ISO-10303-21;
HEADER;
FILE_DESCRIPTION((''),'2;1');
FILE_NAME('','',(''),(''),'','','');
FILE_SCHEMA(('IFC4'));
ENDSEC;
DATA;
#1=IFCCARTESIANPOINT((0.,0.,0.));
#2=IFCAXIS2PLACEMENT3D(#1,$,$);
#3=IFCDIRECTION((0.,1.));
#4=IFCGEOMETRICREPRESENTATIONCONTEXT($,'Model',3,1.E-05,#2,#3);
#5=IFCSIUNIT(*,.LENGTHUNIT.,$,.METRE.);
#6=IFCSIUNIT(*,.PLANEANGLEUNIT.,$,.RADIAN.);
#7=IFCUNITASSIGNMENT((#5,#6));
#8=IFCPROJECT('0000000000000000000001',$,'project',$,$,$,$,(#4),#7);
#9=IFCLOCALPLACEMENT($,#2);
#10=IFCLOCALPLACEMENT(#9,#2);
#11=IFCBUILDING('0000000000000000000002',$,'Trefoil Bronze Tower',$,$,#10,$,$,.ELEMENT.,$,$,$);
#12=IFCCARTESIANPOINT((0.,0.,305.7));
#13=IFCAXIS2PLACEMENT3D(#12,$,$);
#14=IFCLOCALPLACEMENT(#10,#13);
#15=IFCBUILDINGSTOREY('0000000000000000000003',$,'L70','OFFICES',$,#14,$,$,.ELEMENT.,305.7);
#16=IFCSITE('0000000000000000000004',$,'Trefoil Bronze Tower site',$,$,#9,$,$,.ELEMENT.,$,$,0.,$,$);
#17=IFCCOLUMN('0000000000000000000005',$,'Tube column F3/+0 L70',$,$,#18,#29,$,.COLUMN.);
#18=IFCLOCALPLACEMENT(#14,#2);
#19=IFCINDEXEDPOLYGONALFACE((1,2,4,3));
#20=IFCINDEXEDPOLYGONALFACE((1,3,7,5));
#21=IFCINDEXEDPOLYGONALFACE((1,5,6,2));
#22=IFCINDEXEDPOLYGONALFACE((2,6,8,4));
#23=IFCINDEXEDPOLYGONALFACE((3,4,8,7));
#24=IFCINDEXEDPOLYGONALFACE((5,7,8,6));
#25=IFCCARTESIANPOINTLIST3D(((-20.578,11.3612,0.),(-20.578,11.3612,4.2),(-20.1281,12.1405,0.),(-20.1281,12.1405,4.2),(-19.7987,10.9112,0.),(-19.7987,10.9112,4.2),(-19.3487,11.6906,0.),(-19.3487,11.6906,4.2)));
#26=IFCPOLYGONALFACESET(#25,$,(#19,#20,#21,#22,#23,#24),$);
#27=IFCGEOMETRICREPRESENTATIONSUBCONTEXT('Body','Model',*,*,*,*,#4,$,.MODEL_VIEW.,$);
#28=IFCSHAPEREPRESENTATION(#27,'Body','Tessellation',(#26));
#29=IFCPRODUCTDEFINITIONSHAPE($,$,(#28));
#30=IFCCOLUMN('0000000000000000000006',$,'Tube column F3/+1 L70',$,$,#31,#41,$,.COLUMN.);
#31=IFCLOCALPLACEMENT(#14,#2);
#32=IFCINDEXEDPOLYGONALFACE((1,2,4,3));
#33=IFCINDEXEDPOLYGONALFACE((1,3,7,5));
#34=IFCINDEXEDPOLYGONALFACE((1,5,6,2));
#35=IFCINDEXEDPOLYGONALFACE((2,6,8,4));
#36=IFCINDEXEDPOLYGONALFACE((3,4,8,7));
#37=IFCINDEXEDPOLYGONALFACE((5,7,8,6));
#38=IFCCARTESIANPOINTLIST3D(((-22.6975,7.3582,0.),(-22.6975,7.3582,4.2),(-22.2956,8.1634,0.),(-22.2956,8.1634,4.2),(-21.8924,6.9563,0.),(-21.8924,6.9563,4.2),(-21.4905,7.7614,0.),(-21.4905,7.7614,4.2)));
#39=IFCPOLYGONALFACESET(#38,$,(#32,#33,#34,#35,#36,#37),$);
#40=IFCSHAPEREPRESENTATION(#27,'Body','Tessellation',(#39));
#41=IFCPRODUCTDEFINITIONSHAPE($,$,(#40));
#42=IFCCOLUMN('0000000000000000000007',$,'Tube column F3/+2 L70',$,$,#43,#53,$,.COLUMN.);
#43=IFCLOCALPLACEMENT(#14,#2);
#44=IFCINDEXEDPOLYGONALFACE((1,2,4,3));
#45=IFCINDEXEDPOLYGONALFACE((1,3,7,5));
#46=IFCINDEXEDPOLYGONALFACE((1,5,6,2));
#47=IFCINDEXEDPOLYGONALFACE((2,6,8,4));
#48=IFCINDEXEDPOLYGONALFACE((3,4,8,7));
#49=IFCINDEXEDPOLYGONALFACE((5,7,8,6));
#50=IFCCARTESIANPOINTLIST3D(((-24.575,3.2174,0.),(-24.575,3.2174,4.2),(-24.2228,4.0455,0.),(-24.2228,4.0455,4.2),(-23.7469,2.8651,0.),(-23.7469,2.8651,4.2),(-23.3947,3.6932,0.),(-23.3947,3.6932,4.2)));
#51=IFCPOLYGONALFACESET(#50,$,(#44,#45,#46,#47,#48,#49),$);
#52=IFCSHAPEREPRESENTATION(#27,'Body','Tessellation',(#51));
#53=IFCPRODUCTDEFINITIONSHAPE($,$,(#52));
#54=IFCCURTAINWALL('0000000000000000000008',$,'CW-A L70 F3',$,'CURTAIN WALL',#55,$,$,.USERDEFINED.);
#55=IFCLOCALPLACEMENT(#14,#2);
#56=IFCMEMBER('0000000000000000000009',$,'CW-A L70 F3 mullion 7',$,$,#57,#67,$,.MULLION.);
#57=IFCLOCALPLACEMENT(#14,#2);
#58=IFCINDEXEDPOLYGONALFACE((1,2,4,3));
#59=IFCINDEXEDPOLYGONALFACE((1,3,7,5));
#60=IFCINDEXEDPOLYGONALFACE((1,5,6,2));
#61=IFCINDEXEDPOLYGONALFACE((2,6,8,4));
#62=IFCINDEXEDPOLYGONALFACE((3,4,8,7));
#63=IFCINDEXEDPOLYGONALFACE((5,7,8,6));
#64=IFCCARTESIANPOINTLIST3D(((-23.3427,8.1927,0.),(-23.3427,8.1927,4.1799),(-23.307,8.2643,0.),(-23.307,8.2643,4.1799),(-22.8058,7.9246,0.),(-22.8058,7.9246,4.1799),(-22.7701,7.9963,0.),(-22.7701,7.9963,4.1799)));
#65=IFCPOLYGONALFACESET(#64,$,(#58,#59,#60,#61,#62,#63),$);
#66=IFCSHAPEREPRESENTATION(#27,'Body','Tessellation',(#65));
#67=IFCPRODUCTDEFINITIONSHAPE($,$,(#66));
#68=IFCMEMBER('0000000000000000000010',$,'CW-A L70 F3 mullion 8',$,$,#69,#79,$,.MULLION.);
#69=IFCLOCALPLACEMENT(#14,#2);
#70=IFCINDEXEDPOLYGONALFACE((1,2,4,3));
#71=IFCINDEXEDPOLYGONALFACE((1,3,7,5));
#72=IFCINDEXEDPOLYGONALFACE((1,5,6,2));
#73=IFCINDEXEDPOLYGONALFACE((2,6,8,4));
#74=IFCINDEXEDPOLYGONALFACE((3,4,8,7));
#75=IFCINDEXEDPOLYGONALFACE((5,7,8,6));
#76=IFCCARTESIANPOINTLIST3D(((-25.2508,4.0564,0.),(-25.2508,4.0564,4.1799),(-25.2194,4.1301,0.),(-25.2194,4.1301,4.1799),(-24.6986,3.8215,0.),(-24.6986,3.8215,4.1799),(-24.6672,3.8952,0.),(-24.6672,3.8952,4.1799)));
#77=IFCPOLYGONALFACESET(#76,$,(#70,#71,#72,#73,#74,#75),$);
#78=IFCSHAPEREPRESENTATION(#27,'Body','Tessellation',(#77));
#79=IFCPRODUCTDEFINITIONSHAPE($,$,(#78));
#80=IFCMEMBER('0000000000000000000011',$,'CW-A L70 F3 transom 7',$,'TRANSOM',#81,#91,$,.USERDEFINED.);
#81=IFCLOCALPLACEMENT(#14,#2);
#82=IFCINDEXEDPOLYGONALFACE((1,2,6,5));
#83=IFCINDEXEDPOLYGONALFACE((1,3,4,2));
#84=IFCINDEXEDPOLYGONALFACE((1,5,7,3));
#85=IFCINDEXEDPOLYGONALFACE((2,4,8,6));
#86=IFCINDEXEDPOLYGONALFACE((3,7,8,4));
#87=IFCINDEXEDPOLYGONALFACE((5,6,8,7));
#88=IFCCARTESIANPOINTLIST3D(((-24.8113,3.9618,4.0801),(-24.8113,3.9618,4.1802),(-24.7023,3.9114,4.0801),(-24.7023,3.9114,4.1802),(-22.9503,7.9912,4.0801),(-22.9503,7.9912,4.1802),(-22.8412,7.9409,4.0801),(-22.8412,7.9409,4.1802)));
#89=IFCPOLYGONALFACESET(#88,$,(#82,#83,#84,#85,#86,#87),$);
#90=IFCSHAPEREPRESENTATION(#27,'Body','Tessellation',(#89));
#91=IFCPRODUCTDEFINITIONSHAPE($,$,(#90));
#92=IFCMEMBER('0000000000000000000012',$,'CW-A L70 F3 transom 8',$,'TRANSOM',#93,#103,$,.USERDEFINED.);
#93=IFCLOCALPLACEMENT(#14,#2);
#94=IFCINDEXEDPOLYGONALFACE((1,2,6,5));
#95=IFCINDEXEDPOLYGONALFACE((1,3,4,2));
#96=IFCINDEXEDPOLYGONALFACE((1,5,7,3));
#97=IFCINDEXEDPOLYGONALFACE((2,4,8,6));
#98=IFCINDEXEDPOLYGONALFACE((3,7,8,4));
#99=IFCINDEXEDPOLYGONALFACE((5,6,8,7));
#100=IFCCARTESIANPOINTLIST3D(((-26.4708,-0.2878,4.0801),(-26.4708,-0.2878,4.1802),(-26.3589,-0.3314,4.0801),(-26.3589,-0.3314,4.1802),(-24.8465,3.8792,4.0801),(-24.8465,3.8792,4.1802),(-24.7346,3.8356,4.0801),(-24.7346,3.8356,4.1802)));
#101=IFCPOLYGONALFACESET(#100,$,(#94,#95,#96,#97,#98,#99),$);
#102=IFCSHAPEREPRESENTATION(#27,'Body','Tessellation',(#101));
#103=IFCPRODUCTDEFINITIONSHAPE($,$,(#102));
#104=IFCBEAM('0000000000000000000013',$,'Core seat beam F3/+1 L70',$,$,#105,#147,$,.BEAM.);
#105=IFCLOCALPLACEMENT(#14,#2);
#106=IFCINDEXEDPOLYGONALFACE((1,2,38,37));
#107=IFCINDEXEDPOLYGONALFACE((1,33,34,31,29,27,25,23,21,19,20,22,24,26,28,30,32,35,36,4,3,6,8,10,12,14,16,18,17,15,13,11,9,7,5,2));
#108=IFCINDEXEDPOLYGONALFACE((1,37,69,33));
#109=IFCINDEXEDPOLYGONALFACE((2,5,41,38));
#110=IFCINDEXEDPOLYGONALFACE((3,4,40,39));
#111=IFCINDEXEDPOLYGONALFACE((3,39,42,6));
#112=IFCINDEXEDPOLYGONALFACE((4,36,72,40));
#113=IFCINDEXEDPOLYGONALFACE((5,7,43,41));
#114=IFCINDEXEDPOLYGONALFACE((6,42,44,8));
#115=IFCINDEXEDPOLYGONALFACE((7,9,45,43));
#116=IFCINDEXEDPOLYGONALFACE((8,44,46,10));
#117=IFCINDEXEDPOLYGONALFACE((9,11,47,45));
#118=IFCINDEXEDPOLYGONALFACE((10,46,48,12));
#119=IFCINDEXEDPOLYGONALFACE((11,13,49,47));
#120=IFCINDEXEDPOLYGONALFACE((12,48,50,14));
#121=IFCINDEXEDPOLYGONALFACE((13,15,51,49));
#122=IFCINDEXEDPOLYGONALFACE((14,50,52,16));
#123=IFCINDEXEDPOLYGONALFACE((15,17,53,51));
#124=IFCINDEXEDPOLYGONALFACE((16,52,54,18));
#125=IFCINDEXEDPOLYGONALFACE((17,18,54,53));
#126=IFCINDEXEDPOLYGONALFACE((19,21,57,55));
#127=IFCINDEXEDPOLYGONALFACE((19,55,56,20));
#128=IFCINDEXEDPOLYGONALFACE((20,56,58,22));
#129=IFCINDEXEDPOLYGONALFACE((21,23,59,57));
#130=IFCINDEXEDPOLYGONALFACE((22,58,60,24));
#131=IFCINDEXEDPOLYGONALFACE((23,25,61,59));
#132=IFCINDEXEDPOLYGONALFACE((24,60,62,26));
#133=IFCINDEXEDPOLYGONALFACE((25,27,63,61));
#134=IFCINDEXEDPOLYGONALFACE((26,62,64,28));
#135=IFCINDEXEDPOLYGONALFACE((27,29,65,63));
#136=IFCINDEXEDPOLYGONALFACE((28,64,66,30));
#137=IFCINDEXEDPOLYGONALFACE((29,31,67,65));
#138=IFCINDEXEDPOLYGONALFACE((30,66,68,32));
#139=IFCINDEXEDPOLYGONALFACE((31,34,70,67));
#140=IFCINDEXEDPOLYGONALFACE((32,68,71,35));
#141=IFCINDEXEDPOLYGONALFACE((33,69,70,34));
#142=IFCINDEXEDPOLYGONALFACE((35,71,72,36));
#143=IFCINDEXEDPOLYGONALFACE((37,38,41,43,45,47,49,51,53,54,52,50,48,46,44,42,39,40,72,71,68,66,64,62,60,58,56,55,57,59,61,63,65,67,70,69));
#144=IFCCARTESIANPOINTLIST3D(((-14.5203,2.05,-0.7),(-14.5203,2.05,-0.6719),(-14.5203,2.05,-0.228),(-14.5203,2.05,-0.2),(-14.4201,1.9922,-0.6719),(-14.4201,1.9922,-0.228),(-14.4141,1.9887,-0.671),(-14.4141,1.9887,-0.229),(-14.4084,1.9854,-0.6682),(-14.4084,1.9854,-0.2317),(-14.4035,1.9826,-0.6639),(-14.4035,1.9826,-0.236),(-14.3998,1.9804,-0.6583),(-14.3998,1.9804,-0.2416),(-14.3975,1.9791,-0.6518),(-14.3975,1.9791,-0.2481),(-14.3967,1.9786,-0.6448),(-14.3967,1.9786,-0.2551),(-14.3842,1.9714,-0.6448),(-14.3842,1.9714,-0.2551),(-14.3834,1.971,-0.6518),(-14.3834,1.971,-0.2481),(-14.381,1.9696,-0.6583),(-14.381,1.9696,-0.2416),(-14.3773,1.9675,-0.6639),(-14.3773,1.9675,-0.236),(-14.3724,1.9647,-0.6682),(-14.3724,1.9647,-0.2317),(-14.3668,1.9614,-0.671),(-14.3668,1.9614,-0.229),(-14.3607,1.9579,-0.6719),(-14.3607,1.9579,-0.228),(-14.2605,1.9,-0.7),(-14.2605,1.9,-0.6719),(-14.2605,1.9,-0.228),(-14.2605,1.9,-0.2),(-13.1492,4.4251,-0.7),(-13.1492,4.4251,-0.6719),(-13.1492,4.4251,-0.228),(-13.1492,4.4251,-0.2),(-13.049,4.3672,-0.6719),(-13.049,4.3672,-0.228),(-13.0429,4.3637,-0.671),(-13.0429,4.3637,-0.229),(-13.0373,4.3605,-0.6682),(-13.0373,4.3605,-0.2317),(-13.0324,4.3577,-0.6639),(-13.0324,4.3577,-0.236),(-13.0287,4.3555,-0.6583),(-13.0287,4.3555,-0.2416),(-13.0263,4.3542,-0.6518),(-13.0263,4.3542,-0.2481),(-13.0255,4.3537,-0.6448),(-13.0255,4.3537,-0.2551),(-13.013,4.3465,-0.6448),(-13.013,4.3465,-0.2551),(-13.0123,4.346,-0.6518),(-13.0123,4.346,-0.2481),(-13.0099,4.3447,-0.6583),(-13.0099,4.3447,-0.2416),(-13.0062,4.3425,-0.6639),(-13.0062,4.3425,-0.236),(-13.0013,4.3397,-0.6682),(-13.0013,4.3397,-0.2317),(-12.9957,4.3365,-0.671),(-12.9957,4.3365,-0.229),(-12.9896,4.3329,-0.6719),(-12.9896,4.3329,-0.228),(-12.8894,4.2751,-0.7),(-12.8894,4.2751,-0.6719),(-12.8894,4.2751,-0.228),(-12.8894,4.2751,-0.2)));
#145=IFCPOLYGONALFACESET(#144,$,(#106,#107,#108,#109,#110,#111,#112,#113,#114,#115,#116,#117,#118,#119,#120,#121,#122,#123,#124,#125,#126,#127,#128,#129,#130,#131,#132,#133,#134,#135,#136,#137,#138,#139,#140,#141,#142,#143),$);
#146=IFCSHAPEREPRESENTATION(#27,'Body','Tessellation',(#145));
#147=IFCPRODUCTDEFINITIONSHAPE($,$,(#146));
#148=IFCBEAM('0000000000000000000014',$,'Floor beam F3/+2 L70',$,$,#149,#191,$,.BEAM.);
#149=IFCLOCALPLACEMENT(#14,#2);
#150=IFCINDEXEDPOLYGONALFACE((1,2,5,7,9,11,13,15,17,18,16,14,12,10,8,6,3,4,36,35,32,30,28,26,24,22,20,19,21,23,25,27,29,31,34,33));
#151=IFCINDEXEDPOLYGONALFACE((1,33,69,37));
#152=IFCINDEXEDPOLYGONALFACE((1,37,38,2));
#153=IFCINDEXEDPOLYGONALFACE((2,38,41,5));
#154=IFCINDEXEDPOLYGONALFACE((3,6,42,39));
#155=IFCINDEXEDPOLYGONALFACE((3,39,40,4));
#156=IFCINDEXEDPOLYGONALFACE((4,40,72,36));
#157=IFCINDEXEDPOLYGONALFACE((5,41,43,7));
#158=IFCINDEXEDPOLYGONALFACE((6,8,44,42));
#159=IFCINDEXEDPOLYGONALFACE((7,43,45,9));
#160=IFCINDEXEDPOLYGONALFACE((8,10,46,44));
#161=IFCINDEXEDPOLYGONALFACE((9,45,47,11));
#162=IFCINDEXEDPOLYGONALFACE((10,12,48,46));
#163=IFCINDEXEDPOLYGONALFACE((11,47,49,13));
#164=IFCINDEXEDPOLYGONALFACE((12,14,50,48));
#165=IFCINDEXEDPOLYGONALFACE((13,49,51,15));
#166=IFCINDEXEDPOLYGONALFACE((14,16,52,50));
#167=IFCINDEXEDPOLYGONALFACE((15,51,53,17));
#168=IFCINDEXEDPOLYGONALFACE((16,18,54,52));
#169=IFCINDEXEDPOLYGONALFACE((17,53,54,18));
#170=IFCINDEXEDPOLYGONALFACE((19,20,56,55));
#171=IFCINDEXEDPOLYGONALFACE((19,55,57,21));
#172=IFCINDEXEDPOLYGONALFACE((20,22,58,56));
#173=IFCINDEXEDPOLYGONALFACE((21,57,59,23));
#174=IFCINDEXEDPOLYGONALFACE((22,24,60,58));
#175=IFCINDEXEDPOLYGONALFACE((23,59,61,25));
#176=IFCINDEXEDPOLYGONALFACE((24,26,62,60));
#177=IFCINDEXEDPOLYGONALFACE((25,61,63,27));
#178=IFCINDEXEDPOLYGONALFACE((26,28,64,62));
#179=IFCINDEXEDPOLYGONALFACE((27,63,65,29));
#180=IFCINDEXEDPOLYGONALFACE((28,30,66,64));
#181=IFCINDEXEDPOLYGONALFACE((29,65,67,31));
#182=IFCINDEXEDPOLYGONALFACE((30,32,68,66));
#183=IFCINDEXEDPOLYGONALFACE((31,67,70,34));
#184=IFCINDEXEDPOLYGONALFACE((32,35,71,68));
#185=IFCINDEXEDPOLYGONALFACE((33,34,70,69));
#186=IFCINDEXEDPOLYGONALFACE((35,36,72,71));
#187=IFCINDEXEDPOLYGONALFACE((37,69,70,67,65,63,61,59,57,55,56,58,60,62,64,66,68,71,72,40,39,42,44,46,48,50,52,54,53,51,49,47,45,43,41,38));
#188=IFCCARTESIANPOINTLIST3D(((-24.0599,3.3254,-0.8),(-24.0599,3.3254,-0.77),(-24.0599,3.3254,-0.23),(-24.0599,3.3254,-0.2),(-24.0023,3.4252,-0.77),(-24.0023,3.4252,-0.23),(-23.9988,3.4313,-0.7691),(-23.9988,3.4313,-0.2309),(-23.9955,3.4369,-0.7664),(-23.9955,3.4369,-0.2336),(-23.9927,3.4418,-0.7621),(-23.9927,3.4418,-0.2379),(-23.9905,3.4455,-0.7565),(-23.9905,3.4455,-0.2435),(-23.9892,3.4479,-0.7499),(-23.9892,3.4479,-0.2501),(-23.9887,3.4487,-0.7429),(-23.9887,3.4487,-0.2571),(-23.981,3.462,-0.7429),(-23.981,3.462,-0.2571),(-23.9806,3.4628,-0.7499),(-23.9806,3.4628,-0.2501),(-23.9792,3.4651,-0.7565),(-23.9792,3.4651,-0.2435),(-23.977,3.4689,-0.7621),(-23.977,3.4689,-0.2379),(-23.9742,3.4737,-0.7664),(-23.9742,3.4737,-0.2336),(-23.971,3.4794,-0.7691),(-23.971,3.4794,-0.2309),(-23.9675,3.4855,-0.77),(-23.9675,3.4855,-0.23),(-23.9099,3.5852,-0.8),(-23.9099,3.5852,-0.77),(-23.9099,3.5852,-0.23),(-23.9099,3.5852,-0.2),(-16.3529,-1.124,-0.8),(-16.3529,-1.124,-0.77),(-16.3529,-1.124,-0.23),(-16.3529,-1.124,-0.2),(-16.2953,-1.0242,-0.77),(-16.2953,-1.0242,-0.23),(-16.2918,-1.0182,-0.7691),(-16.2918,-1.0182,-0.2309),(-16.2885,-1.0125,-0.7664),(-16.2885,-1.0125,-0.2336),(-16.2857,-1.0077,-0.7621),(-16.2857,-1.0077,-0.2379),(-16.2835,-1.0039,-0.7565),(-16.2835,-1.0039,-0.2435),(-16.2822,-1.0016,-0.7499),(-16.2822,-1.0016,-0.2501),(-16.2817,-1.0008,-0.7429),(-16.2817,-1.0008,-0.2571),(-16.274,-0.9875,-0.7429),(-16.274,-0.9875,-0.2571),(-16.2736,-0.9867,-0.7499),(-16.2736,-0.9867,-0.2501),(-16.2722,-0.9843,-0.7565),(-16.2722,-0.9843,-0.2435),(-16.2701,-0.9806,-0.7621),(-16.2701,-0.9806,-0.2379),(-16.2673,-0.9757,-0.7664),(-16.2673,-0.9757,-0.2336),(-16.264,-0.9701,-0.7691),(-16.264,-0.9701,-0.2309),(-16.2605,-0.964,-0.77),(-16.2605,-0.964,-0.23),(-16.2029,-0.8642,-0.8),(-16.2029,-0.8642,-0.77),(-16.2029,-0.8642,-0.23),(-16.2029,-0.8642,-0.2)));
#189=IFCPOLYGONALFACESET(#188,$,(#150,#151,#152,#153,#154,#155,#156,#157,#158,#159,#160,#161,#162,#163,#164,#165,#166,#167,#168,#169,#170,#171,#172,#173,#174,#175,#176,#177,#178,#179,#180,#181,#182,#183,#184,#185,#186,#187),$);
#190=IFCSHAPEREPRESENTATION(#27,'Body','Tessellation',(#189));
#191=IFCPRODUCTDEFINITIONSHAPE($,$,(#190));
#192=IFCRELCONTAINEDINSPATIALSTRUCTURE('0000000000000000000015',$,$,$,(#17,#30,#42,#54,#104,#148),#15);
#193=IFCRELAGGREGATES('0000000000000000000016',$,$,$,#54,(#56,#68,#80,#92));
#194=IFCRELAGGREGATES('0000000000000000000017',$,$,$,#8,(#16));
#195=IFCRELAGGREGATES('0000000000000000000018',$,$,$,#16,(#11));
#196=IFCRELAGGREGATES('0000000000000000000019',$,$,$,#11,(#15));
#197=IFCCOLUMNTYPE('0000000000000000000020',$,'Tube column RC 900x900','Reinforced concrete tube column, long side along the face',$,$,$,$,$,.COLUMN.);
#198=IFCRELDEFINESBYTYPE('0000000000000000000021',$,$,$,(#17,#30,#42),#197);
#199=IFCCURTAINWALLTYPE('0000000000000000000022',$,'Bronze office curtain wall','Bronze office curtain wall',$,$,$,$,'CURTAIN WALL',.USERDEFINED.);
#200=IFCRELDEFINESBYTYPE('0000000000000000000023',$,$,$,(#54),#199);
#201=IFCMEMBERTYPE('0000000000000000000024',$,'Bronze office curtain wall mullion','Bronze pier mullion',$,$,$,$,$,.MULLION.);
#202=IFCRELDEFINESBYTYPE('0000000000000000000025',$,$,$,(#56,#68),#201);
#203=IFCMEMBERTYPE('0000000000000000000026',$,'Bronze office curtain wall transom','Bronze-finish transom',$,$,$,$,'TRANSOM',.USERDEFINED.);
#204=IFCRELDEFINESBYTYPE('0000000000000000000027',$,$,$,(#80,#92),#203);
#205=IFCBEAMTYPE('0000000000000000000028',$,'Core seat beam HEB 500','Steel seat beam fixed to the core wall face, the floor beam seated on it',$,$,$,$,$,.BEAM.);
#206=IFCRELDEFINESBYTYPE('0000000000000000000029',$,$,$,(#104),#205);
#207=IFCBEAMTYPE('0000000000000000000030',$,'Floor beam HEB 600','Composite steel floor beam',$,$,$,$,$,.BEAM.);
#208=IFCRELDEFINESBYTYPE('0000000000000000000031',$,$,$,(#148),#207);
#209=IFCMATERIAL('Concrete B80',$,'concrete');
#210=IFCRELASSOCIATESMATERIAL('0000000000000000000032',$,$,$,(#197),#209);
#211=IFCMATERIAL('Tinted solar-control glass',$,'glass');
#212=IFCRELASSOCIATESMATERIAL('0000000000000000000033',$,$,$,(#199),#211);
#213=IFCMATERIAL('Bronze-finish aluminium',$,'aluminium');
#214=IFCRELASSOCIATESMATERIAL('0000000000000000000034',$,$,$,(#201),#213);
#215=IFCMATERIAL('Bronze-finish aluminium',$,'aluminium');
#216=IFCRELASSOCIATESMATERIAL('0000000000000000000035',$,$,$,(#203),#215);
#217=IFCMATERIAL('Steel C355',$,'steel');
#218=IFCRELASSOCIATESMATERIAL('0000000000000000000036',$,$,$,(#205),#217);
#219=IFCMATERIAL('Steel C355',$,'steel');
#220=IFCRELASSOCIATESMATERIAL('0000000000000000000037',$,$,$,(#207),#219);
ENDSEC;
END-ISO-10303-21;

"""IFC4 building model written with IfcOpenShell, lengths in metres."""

from ifc_helpers import new_model, si_unit, direction, frame, origin, origin_2d, place, context, subcontext, project, spatial, rectangle, i_section, extrude, material, material_profile, profile_set, type_object, element, aggregate, save


model = new_model("IFC4")

# Units and contexts
model_context = context("Model", 3, precision=1e-05, world=origin(), true_north=direction((0.0, 1.0)))
body_context = subcontext(model_context, "Body", "Model", "MODEL_VIEW")
ifc_project = project(units=[si_unit("LENGTHUNIT", "METRE"), si_unit("PLANEANGLEUNIT", "RADIAN")], contexts=[model_context])

# Site, building, storey
site_placement = place(None, origin())
site = spatial("IfcSite", under=ifc_project, at=site_placement, Name="Trefoil Bronze Tower site", CompositionType="ELEMENT", RefElevation=0.0)
building_placement = place(site_placement, origin())
building = spatial("IfcBuilding", under=site, at=building_placement, Name="Trefoil Bronze Tower", CompositionType="ELEMENT")
storey_placement = place(building_placement, frame((0.0, 0.0, 305.7)))
storey = spatial("IfcBuildingStorey", under=building, at=storey_placement, Name="L70", Description="OFFICES", CompositionType="ELEMENT", Elevation=305.7)

# Columns
ifc_material_1 = material(Name="Concrete B80", Category="concrete")
ifc_material_profile_1 = material_profile(ifc_material_1, rectangle(XDim=0.8999, YDim=0.8999, at=origin_2d()), Name="RC 900x900")
ifc_profile_set_1 = profile_set([ifc_material_profile_1], Name="Concrete B80")
column_type = type_object("IfcColumnType", Name="Tube column RC 900x900", Description="Reinforced concrete tube column, long side along the face", PredefinedType="COLUMN", material=ifc_profile_set_1)
for number, where, z_axis, x_axis, name in (
    (1, (-19.9634, 11.5259, 0.0), (0.0, 0.0, 1.0), (-0.5, -0.866025, 0.0), "Tube column F3/+0 L70"),
    (2, (-22.094, 7.5598, 0.0), (0.0, 0.0, 1.0), (-0.446641, -0.894713, 0.0), "Tube column F3/+1 L70"),
    (3, (-23.9849, 3.4553, 0.0), (0.0, 0.0, 1.0), (-0.391436, -0.920205, 0.0), "Tube column F3/+2 L70"),
):
    element("IfcColumn", number, at=place(storey_placement, frame(where, z_axis=z_axis, x_axis=x_axis)), inside=storey, type_object=column_type, Name=name, PredefinedType="COLUMN", context=body_context, shape_type="SweptSolid", body=[
        extrude(rectangle(XDim=0.8999, YDim=0.8999, at=origin_2d()), origin(), (0.0, 0.0, 1.0), 4.2),
    ])

# Curtain wall, members
ifc_material_2 = material(Name="Tinted solar-control glass", Category="glass")
curtain_wall_type = type_object("IfcCurtainWallType", Name="Bronze office curtain wall", Description="Bronze office curtain wall", ElementType="CURTAIN WALL", PredefinedType="USERDEFINED", material=ifc_material_2)
curtain_wall_placement = place(storey_placement, origin())
curtain_wall = element("IfcCurtainWall", 4, at=curtain_wall_placement, inside=storey, type_object=curtain_wall_type, Name="CW-A L70 F3", ObjectType="CURTAIN WALL", PredefinedType="USERDEFINED")
ifc_material_3 = material(Name="Bronze-finish aluminium", Category="aluminium")
ifc_material_profile_2 = material_profile(ifc_material_3, rectangle(XDim=0.6001, YDim=0.0801, at=origin_2d()), Name="CW-A mullion")
ifc_profile_set_2 = profile_set([ifc_material_profile_2], Name="Bronze-finish aluminium")
member_type_1 = type_object("IfcMemberType", Name="Bronze office curtain wall mullion", Description="Bronze pier mullion", PredefinedType="MULLION", material=ifc_profile_set_2)
member_1_placement = place(storey_placement, frame((-23.0564, 8.0945, 0.0), z_axis=(0.0, 0.0, 1.0), x_axis=(0.894713, -0.446641, 0.0)))
member_1 = element("IfcMember", 5, at=member_1_placement, type_object=member_type_1, Name="CW-A L70 F3 mullion 7", PredefinedType="MULLION", context=body_context, shape_type="SweptSolid", body=[
    extrude(rectangle(XDim=0.6001, YDim=0.0801, at=origin_2d()), origin(), (0.0, 0.0, 1.0), 4.1799),
])
member_2_placement = place(storey_placement, frame((-24.959, 3.9758, 0.0), z_axis=(0.0, 0.0, 1.0), x_axis=(0.920205, -0.391436, 0.0)))
member_2 = element("IfcMember", 6, at=member_2_placement, type_object=member_type_1, Name="CW-A L70 F3 mullion 8", PredefinedType="MULLION", context=body_context, shape_type="SweptSolid", body=[
    extrude(rectangle(XDim=0.6001, YDim=0.0801, at=origin_2d()), origin(), (0.0, 0.0, 1.0), 4.1799),
])
ifc_material_4 = material(Name="Bronze-finish aluminium", Category="aluminium")
ifc_material_profile_3 = material_profile(ifc_material_4, rectangle(XDim=0.1201, YDim=0.1001, at=origin_2d()), Name="CW-A transom")
ifc_profile_set_3 = profile_set([ifc_material_profile_3], Name="Bronze-finish aluminium")
member_type_2 = type_object("IfcMemberType", Name="Bronze office curtain wall transom", Description="Bronze-finish transom", ElementType="TRANSOM", PredefinedType="USERDEFINED", material=ifc_profile_set_3)
member_3_placement = place(storey_placement, frame((-22.8958, 7.9661, 4.1301), z_axis=(-0.419299, -0.907848, 0.0), x_axis=(0.907848, -0.419299, 0.0)))
member_3 = element("IfcMember", 7, at=member_3_placement, type_object=member_type_2, Name="CW-A L70 F3 transom 7", ObjectType="TRANSOM", PredefinedType="USERDEFINED", context=body_context, shape_type="SweptSolid", body=[
    extrude(rectangle(XDim=0.1201, YDim=0.1001, at=origin_2d()), origin(), (0.0, 0.0, 1.0), 4.4385),
])
member_4_placement = place(storey_placement, frame((-24.7905, 3.8574, 4.1301), z_axis=(-0.363178, -0.93172, 0.0), x_axis=(0.93172, -0.363178, 0.0)))
member_4 = element("IfcMember", 8, at=member_4_placement, type_object=member_type_2, Name="CW-A L70 F3 transom 8", ObjectType="TRANSOM", PredefinedType="USERDEFINED", context=body_context, shape_type="SweptSolid", body=[
    extrude(rectangle(XDim=0.1201, YDim=0.1001, at=origin_2d()), origin(), (0.0, 0.0, 1.0), 4.4724),
])

# Beams
ifc_material_5 = material(Name="Steel C355", Category="steel")
ifc_material_profile_4 = material_profile(ifc_material_5, i_section(OverallWidth=0.3, OverallDepth=0.5, WebThickness=0.0144, FlangeThickness=0.0281, FilletRadius=0.0271, at=origin_2d()), Name="HEB 500")
ifc_profile_set_4 = profile_set([ifc_material_profile_4], Name="Steel C355")
beam_type_1 = type_object("IfcBeamType", Name="Core seat beam HEB 500", Description="Steel seat beam fixed to the core wall face, the floor beam seated on it", PredefinedType="BEAM", material=ifc_profile_set_4)
beam_1_placement = place(storey_placement, frame((-13.0193, 4.3501, -0.45), z_axis=(-0.499969, -0.866043, 0.0), x_axis=(0.866043, -0.499969, 0.0)))
element("IfcBeam", 9, at=beam_1_placement, inside=storey, type_object=beam_type_1, Name="Core seat beam F3/+1 L70", PredefinedType="BEAM", context=body_context, shape_type="SweptSolid", body=[
    extrude(i_section(OverallWidth=0.3, OverallDepth=0.5, WebThickness=0.0144, FlangeThickness=0.0281, FilletRadius=0.0271, at=origin_2d()), origin(), (0.0, 0.0, 1.0), 2.7424),
])
ifc_material_6 = material(Name="Steel C355", Category="steel")
ifc_material_profile_5 = material_profile(ifc_material_6, i_section(OverallWidth=0.3, OverallDepth=0.6001, WebThickness=0.0154, FlangeThickness=0.03, FilletRadius=0.0271, at=origin_2d()), Name="HEB 600")
ifc_profile_set_5 = profile_set([ifc_material_profile_5], Name="Steel C355")
beam_type_2 = type_object("IfcBeamType", Name="Floor beam HEB 600", Description="Composite steel floor beam", PredefinedType="BEAM", material=ifc_profile_set_5)
beam_2_placement = place(storey_placement, frame((-23.9849, 3.4553, -0.5), z_axis=(0.866035, -0.499984, 0.0), x_axis=(0.499984, 0.866035, 0.0)))
element("IfcBeam", 10, at=beam_2_placement, inside=storey, type_object=beam_type_2, Name="Floor beam F3/+2 L70", PredefinedType="BEAM", context=body_context, shape_type="SweptSolid", body=[
    extrude(i_section(OverallWidth=0.3, OverallDepth=0.6001, WebThickness=0.0154, FlangeThickness=0.03, FilletRadius=0.0271, at=origin_2d()), origin(), (0.0, 0.0, 1.0), 8.8992),
])

aggregate(curtain_wall, [member_1, member_2, member_3, member_4])

save(model, "model.ifc")
